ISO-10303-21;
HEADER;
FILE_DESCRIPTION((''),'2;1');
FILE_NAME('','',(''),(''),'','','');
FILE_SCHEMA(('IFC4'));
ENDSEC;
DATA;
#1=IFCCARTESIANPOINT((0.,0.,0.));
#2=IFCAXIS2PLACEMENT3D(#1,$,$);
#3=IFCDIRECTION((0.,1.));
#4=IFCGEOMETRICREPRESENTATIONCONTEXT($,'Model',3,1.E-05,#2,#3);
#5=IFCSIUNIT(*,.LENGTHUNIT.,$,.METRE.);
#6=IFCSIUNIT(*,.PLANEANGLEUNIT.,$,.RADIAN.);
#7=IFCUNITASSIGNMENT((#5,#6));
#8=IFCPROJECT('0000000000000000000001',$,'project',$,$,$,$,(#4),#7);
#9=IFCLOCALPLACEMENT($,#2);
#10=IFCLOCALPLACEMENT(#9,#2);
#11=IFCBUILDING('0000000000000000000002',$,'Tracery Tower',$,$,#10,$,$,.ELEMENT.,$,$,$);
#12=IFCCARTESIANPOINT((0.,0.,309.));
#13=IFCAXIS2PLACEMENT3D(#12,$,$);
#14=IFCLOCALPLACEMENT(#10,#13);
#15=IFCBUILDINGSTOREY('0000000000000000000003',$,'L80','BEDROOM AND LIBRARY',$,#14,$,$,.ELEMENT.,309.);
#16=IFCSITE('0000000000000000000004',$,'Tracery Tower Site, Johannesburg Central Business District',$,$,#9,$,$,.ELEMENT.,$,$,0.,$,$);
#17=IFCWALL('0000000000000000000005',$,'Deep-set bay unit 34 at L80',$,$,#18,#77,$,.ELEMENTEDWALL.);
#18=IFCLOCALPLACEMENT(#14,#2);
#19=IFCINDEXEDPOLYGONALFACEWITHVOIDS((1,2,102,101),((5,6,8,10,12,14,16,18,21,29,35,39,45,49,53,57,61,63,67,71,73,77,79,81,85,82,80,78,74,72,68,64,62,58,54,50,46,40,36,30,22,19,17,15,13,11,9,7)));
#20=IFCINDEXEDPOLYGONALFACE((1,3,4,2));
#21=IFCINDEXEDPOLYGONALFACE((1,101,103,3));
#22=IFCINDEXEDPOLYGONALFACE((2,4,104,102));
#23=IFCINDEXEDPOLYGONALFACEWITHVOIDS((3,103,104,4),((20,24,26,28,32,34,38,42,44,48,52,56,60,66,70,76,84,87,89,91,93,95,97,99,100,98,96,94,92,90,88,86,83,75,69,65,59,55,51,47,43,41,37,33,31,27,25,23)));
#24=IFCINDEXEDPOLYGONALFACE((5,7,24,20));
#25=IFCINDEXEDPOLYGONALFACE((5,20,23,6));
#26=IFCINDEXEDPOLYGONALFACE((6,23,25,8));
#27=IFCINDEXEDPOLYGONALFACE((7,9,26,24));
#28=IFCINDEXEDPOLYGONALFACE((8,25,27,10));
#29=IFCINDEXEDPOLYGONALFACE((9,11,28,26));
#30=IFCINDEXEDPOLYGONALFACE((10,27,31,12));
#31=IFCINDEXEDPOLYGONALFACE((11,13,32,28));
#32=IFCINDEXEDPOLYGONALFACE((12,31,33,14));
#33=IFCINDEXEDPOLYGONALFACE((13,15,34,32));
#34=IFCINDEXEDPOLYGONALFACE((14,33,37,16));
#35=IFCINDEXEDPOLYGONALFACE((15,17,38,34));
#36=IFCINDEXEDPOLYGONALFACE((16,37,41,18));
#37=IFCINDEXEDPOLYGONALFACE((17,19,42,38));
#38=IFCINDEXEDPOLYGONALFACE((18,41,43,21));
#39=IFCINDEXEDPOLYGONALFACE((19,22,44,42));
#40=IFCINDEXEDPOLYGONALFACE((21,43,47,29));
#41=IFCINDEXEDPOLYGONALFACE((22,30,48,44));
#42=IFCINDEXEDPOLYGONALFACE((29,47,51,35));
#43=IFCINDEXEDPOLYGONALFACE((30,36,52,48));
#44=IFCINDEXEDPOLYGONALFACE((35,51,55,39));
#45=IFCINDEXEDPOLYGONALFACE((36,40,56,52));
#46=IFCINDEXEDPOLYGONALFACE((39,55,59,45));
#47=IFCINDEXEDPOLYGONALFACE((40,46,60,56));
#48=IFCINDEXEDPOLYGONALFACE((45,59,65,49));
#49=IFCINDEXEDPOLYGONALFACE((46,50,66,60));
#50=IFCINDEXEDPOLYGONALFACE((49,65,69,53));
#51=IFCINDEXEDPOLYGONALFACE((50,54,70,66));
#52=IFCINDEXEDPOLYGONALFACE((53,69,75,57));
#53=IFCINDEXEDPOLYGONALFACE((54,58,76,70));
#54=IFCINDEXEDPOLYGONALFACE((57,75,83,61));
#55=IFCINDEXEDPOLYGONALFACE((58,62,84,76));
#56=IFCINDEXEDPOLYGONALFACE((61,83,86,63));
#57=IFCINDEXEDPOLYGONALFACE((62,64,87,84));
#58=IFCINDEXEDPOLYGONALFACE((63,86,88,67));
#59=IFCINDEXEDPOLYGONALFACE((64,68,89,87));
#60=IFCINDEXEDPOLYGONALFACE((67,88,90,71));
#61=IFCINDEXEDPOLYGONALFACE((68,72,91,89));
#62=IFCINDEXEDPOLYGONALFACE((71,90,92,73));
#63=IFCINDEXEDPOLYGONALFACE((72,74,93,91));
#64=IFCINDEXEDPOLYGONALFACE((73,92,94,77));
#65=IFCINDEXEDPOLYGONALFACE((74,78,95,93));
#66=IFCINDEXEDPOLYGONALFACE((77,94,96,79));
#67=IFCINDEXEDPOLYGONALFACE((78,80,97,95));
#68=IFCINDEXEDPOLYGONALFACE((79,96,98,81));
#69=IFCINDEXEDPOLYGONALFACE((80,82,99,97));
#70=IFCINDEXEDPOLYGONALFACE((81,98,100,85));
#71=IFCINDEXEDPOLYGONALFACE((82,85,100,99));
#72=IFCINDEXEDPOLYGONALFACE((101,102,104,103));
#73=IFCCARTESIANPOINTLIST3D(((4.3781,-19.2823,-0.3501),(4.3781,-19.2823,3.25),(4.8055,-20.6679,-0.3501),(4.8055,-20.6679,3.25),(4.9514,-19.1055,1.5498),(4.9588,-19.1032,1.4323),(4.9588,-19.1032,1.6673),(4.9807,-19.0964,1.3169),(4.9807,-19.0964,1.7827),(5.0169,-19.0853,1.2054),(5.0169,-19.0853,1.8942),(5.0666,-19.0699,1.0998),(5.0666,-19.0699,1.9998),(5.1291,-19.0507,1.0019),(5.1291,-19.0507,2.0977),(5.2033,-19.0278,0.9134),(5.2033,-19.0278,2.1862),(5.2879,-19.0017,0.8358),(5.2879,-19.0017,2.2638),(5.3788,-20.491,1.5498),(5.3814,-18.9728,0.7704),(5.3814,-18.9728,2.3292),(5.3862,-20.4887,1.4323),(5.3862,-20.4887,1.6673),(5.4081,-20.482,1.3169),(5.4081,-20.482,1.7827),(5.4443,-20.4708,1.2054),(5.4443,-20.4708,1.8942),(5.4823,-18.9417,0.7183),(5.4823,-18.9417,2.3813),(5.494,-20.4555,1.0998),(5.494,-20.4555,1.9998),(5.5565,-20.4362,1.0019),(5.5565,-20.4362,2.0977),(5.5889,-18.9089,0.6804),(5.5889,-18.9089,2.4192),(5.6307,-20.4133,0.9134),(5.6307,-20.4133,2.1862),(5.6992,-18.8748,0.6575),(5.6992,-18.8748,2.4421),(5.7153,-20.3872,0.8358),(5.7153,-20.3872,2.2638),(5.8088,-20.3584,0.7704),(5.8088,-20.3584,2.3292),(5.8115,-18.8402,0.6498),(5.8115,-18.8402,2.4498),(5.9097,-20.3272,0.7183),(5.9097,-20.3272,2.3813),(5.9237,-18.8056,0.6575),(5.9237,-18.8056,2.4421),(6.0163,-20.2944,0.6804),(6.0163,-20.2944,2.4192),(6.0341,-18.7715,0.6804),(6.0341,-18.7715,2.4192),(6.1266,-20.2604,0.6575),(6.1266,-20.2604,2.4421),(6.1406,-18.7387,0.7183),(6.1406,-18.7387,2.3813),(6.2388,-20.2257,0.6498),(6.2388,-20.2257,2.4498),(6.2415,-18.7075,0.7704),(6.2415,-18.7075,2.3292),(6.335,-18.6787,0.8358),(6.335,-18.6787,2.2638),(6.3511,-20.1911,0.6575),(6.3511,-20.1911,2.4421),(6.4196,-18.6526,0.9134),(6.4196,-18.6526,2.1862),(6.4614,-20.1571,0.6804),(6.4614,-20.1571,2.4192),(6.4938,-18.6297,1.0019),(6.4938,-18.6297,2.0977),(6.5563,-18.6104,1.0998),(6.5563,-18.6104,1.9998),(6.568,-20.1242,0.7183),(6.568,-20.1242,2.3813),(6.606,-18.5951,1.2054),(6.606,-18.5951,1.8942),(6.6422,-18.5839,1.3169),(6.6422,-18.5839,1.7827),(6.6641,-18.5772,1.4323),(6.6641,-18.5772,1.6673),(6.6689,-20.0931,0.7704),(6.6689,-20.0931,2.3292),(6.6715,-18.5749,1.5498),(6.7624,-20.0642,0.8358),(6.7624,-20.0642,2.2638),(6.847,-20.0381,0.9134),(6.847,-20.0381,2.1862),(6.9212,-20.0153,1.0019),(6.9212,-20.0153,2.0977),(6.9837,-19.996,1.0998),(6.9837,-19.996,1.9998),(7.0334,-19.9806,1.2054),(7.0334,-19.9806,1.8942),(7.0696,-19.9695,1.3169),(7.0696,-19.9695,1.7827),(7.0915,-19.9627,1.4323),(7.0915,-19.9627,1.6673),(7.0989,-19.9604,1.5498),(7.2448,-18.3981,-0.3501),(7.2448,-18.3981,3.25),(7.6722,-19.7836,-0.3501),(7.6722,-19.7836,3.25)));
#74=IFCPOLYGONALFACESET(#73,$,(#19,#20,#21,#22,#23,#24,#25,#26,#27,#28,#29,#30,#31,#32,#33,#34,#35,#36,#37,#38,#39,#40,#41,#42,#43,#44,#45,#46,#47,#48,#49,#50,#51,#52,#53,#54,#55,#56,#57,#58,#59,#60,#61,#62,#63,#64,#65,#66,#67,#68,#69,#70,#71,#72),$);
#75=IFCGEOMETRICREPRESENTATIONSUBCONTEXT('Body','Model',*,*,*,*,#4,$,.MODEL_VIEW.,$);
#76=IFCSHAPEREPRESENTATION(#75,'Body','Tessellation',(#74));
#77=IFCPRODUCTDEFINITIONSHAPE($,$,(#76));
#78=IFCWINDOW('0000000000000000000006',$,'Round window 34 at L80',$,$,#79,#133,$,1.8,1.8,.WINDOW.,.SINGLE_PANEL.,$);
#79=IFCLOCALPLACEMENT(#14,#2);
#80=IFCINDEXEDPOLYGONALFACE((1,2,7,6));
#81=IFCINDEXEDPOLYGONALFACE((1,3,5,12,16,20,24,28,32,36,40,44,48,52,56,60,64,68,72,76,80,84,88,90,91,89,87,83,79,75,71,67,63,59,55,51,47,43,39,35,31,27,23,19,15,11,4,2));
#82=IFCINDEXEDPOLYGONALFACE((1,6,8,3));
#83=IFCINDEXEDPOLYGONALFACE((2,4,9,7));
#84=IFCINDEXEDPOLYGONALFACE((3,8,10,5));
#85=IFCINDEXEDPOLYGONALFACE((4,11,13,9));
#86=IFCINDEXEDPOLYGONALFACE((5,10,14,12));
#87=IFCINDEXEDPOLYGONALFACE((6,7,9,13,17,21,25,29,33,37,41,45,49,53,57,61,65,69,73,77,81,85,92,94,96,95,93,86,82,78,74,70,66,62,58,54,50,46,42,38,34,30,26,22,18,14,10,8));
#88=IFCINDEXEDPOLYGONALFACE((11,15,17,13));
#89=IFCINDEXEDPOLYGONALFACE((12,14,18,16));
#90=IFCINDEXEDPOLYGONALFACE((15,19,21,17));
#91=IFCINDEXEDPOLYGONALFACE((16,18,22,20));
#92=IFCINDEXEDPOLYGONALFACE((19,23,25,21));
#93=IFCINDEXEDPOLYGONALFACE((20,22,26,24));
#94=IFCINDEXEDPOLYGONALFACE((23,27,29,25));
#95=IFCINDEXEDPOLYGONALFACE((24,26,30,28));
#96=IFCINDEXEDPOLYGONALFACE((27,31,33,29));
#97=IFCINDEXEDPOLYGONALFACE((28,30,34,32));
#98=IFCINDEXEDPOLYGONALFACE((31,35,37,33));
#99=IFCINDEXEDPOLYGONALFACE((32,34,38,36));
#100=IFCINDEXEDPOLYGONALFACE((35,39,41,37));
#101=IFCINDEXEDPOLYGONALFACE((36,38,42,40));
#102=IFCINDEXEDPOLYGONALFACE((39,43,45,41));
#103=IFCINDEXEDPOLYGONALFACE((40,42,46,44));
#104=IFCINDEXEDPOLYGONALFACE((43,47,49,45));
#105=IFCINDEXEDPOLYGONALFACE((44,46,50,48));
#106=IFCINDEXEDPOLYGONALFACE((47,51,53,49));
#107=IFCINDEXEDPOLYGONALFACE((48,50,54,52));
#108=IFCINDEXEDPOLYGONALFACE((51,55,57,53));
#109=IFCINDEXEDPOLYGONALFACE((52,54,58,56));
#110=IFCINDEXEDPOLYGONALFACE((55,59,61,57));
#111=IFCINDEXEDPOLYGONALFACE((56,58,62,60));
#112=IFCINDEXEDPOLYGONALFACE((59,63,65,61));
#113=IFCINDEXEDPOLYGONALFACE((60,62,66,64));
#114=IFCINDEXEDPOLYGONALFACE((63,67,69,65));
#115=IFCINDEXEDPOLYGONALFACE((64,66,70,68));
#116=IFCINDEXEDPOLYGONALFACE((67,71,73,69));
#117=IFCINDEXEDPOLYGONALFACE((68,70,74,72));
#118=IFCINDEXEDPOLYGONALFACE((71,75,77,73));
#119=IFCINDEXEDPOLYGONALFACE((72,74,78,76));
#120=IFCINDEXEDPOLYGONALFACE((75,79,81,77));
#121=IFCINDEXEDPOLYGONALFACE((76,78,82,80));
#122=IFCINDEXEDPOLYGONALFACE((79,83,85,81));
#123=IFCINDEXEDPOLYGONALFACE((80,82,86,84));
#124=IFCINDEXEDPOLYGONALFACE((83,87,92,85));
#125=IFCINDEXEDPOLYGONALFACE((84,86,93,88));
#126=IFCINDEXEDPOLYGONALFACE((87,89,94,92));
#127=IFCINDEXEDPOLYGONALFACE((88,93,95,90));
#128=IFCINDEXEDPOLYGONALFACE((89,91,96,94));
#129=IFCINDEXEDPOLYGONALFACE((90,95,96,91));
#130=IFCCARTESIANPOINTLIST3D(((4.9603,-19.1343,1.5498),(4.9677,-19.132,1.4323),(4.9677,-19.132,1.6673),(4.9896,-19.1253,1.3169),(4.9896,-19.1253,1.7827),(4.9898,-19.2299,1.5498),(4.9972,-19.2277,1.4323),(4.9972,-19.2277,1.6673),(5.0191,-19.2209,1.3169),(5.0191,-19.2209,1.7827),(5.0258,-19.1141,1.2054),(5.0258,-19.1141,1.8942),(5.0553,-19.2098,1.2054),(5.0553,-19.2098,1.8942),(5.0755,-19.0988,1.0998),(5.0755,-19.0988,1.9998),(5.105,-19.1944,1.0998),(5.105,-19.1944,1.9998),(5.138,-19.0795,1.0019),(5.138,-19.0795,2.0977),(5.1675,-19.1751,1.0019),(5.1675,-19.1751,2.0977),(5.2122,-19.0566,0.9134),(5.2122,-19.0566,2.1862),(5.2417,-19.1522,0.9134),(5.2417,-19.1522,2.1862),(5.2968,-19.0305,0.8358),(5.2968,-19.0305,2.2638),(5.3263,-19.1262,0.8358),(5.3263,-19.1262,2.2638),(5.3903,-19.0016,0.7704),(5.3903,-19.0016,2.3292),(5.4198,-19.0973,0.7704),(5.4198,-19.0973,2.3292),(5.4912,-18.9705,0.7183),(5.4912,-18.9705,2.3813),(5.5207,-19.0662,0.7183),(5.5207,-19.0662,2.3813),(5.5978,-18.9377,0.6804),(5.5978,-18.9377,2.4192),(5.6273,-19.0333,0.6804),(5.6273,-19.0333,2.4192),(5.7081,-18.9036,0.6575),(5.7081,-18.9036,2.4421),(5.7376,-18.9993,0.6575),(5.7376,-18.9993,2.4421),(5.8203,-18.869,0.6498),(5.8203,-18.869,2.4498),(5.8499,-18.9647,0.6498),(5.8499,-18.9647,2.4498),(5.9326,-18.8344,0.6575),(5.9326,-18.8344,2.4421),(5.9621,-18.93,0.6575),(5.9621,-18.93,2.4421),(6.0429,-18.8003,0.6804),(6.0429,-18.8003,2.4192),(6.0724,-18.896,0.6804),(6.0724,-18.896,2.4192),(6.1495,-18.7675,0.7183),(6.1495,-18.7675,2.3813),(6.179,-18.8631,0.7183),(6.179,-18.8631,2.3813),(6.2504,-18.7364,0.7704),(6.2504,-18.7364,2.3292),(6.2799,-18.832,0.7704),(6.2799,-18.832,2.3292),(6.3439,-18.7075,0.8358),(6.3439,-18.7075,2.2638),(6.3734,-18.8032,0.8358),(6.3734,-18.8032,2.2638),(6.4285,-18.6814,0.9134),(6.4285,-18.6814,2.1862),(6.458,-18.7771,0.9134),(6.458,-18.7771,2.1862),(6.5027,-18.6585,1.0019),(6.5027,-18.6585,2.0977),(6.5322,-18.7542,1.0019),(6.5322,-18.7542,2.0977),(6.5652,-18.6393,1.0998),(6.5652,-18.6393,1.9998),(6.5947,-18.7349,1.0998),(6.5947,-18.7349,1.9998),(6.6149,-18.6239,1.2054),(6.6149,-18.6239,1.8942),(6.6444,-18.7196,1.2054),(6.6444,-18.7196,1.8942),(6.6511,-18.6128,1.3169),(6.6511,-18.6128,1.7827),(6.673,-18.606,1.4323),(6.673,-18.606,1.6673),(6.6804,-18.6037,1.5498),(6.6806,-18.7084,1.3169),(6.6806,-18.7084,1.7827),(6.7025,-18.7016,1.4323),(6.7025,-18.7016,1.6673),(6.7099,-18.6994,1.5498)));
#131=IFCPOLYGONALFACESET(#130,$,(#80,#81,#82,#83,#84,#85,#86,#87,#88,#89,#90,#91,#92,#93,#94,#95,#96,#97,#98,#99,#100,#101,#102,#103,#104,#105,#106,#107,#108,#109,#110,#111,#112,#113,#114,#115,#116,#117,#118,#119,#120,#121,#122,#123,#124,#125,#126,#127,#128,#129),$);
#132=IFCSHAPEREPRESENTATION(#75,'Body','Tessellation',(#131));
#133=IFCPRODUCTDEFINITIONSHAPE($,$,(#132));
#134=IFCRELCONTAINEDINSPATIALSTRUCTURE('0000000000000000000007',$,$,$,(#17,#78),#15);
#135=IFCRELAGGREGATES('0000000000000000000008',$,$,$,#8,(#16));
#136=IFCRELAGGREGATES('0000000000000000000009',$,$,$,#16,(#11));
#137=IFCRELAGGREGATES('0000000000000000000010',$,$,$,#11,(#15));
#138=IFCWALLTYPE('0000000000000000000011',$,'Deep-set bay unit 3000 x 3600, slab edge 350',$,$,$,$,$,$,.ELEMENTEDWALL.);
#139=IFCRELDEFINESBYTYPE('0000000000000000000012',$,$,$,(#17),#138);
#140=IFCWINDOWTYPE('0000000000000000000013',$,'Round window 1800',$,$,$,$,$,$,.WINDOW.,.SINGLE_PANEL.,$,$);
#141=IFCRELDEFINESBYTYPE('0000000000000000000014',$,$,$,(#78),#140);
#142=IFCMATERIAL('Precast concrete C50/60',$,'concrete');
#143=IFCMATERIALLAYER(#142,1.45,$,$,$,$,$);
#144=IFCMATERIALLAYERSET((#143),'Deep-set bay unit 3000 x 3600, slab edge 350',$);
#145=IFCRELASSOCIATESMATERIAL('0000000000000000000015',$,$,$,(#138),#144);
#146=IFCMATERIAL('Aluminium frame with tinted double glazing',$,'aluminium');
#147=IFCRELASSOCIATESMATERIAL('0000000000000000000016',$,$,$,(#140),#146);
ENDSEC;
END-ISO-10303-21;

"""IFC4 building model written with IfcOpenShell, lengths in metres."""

from ifc_helpers import new_model, si_unit, direction, frame, frame_2d, origin, origin_2d, place, context, subcontext, project, spatial, rectangle, circle, extrude, material, layer, layer_set, type_object, element, fill, save


model = new_model("IFC4")

# Units and contexts
model_context = context("Model", 3, precision=1e-05, world=origin(), true_north=direction((0.0, 1.0)))
body_context = subcontext(model_context, "Body", "Model", "MODEL_VIEW")
ifc_project = project(units=[si_unit("LENGTHUNIT", "METRE"), si_unit("PLANEANGLEUNIT", "RADIAN")], contexts=[model_context])

# Site, building, storey
site_placement = place(None, origin())
site = spatial("IfcSite", under=ifc_project, at=site_placement, Name="Tracery Tower Site, Johannesburg Central Business District", CompositionType="ELEMENT", RefElevation=0.0)
building_placement = place(site_placement, origin())
building = spatial("IfcBuilding", under=site, at=building_placement, Name="Tracery Tower", CompositionType="ELEMENT")
storey_placement = place(building_placement, frame((0.0, 0.0, 309.0)))
storey = spatial("IfcBuildingStorey", under=building, at=storey_placement, Name="L80", Description="BEDROOM AND LIBRARY", CompositionType="ELEMENT", Elevation=309.0)

# Wall, opening, window
ifc_material_1 = material(Name="Precast concrete C50/60", Category="concrete")
ifc_layer_1 = layer(ifc_material_1, 1.45)
ifc_layer_set_1 = layer_set([ifc_layer_1], Name="Deep-set bay unit 3000 x 3600, slab edge 350")
wall_type_1 = type_object("IfcWallType", Name="Deep-set bay unit 3000 x 3600, slab edge 350", PredefinedType="ELEMENTEDWALL", material=ifc_layer_set_1)
wall_1_placement = place(storey_placement, frame((4.5918, -19.9751, -0.3501), z_axis=(0.0, 0.0, 1.0), x_axis=(0.955571, 0.294761, 0.0)))
wall_1 = element("IfcWall", 1, at=wall_1_placement, inside=storey, type_object=wall_type_1, Name="Deep-set bay unit 34 at L80", PredefinedType="ELEMENTEDWALL", context=body_context, shape_type="SweptSolid", body=[
    extrude(rectangle(XDim=3.0, YDim=1.45, at=frame_2d((1.5, 0.0))), origin(), (0.0, 0.0, 1.0), 3.6001),
])
opening_1_placement = place(wall_1_placement, frame((1.5, 0.0, 1.8999)))
opening_1 = element("IfcOpeningElement", 2, at=opening_1_placement, cuts=wall_1, PredefinedType="OPENING", context=body_context, shape_type="SweptSolid", body=[
    extrude(circle(Radius=0.9, at=origin_2d()), frame((0.0, 0.7349, 0.0), z_axis=(0.0, -1.0, 0.0), x_axis=(1.0, 0.0, 0.0)), (0.0, 0.0, 1.0), 1.47),
])
ifc_material_2 = material(Name="Aluminium frame with tinted double glazing", Category="aluminium")
window_type = type_object("IfcWindowType", Name="Round window 1800", PartitioningType="SINGLE_PANEL", PredefinedType="WINDOW", material=ifc_material_2)
window_1_placement = place(opening_1_placement, origin())
window_1 = element("IfcWindow", 3, at=window_1_placement, inside=storey, type_object=window_type, Name="Round window 34 at L80", OverallHeight=1.8, OverallWidth=1.8, PartitioningType="SINGLE_PANEL", PredefinedType="WINDOW", context=body_context, shape_type="SweptSolid", body=[
    extrude(circle(Radius=0.9, at=origin_2d()), frame((0.0, 0.6948, 0.0), z_axis=(0.0, -1.0, 0.0), x_axis=(1.0, 0.0, 0.0)), (0.0, 0.0, 1.0), 0.1001),
])
fill(opening_1, window_1)

save(model, "model.ifc")
